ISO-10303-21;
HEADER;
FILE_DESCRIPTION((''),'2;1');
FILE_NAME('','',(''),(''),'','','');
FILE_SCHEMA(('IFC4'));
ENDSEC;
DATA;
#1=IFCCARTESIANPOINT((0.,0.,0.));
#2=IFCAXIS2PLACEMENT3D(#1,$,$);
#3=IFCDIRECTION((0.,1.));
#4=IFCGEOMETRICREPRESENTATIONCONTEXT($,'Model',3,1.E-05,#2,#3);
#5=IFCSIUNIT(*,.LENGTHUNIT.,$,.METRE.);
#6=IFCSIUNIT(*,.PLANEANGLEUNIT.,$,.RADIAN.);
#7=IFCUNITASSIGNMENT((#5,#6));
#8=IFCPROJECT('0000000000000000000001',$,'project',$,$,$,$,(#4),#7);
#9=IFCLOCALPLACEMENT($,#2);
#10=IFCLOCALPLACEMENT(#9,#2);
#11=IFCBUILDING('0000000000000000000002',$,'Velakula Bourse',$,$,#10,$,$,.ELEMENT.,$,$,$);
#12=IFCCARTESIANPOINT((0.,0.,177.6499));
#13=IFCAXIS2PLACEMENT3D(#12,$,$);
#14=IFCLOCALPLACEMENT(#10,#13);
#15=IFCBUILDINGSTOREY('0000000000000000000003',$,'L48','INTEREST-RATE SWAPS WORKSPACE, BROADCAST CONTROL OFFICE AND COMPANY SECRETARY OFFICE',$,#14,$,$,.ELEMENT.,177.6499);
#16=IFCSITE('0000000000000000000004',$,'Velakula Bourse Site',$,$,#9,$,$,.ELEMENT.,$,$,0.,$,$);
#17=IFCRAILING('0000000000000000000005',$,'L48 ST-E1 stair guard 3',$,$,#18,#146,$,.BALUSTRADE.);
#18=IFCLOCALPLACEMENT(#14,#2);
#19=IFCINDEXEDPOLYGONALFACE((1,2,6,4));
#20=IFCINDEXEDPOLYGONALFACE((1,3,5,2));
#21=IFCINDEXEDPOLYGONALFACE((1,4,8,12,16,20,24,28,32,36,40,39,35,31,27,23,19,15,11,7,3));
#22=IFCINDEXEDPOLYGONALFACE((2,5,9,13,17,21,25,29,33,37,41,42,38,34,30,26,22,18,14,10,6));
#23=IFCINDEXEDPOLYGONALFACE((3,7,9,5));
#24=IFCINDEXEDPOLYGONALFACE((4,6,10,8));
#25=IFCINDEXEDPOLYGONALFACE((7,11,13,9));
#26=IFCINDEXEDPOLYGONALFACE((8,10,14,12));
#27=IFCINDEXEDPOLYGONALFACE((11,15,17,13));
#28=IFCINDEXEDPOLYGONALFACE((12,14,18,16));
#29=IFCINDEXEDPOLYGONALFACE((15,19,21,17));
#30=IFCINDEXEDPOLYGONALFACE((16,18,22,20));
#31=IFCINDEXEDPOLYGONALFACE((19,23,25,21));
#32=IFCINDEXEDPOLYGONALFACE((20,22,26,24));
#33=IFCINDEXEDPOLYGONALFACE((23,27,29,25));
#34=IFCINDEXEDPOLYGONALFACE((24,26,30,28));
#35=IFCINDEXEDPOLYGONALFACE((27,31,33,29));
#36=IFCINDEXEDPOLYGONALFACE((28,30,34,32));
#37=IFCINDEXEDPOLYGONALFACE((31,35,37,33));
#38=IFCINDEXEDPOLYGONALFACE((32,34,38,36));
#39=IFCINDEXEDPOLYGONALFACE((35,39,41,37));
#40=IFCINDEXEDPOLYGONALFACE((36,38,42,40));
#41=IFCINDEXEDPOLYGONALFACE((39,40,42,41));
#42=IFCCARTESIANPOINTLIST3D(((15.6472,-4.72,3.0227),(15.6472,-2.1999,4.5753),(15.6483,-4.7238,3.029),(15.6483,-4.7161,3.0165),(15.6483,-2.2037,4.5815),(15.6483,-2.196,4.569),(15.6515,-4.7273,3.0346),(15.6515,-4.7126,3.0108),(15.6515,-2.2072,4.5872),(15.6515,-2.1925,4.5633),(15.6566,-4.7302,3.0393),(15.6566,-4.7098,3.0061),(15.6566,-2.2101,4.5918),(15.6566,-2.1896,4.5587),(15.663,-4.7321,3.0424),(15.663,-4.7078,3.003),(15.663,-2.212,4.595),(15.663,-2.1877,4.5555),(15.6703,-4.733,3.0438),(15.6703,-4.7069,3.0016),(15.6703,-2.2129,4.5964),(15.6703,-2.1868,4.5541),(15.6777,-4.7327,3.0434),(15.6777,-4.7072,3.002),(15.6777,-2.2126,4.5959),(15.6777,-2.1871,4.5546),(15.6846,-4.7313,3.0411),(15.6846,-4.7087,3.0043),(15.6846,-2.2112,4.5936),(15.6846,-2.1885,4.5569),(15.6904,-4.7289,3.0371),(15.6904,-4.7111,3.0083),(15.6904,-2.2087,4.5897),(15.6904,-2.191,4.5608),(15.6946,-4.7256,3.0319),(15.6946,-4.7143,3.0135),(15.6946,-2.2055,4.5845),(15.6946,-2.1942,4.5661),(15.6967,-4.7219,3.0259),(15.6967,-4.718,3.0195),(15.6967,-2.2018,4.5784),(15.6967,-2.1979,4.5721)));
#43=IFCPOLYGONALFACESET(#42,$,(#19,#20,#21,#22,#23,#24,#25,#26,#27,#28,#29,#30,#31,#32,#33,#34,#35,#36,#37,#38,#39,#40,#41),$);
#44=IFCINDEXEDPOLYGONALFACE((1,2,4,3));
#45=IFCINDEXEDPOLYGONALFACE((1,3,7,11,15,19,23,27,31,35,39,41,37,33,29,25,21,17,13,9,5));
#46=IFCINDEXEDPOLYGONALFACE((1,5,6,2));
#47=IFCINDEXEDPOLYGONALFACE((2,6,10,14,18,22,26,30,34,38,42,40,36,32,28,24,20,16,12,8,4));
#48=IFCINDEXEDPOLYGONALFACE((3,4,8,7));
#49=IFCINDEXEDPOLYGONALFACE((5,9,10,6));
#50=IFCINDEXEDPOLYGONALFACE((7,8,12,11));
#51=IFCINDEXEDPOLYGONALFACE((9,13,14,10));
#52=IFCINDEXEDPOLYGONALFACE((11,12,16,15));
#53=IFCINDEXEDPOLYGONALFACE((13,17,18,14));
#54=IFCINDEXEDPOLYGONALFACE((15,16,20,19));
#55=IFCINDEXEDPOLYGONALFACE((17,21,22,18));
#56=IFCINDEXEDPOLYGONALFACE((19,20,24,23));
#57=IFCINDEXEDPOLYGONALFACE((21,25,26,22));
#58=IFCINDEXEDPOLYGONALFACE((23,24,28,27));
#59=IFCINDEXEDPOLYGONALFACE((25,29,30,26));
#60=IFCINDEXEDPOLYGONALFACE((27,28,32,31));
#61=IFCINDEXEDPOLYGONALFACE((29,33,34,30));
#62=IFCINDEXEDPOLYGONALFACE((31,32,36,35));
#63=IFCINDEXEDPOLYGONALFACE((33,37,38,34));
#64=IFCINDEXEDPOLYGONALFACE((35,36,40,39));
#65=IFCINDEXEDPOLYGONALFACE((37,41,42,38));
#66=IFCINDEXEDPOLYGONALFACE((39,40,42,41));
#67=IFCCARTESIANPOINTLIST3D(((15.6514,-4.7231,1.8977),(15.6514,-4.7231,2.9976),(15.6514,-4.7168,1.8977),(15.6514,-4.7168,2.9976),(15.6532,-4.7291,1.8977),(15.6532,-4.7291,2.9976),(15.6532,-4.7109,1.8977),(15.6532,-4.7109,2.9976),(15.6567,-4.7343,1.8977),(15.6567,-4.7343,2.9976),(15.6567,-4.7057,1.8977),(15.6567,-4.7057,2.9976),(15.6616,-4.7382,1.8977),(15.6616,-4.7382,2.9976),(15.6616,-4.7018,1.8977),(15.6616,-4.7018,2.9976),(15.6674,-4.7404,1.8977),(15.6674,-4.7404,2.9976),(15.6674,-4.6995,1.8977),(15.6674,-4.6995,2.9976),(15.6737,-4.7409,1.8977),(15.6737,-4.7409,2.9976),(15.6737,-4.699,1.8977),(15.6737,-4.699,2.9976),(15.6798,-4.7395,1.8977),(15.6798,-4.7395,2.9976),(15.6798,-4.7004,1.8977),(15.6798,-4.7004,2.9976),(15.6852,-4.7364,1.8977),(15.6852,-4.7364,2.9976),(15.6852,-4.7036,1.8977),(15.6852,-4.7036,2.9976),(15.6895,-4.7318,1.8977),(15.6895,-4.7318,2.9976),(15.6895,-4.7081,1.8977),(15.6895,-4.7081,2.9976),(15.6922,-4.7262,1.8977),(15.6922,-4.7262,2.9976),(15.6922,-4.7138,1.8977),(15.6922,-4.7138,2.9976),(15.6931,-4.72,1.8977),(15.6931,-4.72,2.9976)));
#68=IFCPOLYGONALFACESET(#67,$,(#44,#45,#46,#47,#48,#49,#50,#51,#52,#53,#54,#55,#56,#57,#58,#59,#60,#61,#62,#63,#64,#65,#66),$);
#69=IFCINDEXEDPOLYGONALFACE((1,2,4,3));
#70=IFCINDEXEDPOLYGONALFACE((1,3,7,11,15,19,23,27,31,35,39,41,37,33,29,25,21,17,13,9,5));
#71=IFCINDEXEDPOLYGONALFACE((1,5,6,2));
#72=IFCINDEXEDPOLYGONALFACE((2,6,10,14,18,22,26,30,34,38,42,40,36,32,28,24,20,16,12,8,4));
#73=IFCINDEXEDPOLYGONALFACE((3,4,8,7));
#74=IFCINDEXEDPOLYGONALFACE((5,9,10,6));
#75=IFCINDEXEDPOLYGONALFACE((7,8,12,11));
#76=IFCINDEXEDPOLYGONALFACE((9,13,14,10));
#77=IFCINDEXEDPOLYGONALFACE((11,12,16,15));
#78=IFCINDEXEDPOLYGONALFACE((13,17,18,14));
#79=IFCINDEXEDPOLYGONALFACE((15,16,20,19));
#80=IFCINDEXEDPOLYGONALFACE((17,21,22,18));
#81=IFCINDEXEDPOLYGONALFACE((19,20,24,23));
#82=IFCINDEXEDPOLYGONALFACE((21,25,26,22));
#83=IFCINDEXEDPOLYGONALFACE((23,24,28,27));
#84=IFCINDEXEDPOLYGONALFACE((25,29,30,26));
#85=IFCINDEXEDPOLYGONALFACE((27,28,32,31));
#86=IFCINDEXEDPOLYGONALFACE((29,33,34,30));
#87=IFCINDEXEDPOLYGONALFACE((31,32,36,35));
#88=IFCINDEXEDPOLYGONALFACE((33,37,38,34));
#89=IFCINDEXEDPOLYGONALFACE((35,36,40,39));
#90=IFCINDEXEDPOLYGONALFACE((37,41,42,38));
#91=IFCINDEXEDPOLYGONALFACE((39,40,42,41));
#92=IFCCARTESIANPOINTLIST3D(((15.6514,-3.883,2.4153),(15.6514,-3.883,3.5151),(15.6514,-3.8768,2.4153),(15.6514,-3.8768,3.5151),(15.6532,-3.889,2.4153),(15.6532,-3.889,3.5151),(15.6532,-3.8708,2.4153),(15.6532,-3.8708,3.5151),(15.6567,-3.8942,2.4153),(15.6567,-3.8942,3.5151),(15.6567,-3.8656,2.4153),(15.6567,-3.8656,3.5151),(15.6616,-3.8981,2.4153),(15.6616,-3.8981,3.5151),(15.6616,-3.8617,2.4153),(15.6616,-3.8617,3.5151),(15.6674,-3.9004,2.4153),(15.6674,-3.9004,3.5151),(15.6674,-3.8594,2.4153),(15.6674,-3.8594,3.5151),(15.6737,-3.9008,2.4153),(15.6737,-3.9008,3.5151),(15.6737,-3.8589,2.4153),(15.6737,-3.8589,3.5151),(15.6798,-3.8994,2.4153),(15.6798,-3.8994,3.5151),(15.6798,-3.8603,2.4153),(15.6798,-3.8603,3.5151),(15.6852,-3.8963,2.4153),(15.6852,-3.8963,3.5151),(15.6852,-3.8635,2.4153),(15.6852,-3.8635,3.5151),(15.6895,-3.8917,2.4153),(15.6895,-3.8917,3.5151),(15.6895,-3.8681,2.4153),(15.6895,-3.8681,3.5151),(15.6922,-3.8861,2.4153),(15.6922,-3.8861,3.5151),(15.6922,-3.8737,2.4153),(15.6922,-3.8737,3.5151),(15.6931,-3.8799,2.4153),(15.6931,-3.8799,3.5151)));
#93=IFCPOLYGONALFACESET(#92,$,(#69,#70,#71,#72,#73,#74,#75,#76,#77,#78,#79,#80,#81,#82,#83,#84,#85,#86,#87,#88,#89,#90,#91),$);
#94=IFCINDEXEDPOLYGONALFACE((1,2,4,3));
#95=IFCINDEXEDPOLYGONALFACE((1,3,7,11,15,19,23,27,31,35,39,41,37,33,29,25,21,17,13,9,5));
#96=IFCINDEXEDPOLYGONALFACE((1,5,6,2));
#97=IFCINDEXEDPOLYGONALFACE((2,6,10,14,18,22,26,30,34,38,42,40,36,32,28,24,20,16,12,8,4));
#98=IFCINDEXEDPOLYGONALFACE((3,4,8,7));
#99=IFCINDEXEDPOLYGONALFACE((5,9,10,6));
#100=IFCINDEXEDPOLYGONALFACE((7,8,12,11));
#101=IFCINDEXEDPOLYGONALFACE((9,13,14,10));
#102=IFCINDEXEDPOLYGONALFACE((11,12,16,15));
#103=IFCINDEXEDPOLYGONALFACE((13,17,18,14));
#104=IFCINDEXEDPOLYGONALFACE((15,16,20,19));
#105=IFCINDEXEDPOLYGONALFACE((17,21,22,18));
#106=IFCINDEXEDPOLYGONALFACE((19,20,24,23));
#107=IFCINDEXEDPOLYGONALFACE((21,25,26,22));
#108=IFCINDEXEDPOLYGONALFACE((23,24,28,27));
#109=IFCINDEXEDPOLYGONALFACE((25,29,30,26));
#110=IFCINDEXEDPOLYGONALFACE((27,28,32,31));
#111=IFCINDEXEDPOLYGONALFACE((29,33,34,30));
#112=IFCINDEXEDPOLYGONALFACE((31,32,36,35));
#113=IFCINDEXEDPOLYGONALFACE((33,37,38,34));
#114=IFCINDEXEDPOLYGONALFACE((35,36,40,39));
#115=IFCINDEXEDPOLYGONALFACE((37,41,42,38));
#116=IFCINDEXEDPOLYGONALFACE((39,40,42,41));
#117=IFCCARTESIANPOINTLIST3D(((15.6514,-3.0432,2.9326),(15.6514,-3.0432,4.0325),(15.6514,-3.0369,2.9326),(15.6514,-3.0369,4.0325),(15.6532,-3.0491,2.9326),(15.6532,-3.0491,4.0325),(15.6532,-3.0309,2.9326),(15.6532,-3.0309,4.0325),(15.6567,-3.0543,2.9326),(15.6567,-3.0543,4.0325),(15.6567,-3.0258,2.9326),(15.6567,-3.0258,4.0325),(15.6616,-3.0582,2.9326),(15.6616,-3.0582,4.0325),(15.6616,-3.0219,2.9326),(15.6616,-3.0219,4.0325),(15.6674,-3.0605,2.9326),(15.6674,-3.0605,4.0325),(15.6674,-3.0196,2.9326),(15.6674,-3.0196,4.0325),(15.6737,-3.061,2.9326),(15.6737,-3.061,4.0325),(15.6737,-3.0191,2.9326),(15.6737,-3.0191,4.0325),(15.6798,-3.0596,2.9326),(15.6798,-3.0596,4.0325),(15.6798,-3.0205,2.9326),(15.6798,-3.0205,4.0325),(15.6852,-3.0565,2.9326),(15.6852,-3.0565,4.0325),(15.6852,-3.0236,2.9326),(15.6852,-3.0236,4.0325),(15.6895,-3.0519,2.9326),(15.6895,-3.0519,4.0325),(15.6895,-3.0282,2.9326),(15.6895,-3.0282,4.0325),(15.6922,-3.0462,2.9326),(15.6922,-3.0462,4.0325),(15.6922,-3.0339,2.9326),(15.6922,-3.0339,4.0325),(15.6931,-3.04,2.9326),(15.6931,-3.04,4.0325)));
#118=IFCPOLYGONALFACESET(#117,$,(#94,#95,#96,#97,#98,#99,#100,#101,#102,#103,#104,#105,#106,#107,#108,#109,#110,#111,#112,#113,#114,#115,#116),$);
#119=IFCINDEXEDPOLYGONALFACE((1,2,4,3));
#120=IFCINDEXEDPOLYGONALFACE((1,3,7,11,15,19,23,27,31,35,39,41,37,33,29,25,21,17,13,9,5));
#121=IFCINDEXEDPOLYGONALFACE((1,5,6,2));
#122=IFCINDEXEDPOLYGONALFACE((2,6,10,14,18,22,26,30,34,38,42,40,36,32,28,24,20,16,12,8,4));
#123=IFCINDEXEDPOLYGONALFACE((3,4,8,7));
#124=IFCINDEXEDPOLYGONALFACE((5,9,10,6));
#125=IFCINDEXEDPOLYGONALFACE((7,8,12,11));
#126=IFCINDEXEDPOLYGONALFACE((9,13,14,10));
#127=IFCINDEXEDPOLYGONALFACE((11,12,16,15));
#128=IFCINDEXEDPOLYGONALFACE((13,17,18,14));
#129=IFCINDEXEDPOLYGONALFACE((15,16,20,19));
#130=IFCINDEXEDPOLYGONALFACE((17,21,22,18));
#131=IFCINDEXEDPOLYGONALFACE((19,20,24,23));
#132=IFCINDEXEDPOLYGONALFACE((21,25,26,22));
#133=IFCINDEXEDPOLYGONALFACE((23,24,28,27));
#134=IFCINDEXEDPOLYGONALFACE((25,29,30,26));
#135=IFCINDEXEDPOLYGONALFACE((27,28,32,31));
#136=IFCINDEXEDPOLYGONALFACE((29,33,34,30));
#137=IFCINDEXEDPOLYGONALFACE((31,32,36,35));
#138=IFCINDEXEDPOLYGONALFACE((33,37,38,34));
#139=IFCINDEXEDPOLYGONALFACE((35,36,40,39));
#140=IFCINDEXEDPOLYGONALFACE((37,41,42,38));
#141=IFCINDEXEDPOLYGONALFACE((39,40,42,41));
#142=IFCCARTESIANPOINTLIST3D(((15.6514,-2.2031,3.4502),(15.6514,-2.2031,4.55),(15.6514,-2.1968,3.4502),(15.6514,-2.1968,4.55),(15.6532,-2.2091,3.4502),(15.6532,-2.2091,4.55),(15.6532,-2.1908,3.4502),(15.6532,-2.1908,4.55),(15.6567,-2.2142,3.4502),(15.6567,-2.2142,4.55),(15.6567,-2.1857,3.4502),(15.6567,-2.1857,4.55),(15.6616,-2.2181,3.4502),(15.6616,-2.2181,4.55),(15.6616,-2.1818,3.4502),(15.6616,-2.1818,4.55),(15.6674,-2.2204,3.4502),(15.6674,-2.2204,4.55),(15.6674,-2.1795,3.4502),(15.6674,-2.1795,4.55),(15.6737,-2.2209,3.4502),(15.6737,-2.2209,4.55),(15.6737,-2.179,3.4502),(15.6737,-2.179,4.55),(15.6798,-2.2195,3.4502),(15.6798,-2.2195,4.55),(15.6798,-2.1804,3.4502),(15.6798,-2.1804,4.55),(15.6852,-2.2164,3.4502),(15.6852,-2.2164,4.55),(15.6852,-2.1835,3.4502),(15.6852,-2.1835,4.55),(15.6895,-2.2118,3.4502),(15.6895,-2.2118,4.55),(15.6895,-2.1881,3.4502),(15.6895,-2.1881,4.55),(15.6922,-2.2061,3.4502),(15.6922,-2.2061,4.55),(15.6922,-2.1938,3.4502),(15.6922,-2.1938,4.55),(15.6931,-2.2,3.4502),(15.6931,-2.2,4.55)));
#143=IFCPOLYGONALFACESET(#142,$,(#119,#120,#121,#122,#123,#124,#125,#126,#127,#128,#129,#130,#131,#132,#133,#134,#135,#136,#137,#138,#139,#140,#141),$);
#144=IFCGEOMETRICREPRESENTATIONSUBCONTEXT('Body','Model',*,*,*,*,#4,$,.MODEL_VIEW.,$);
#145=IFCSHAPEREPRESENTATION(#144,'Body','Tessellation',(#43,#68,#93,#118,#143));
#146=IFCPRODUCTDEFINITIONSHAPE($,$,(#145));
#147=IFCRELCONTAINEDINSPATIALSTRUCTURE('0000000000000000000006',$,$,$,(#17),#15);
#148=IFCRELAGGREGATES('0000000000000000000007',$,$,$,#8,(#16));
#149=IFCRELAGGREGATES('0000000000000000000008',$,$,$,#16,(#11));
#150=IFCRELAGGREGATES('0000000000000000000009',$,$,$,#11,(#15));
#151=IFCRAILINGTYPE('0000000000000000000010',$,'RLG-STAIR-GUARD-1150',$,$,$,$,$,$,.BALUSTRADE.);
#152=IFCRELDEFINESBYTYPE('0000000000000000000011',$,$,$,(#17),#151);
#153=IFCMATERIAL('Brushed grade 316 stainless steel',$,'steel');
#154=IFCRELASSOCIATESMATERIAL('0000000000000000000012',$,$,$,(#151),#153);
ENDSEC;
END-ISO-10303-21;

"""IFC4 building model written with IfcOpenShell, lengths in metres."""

from ifc_helpers import new_model, si_unit, direction, frame, origin, origin_2d, place, context, subcontext, project, spatial, circle, extrude, material, type_object, element, save


model = new_model("IFC4")

# Units and contexts
model_context = context("Model", 3, precision=1e-05, world=origin(), true_north=direction((0.0, 1.0)))
body_context = subcontext(model_context, "Body", "Model", "MODEL_VIEW")
ifc_project = project(units=[si_unit("LENGTHUNIT", "METRE"), si_unit("PLANEANGLEUNIT", "RADIAN")], contexts=[model_context])

# Site, building, storey
site_placement = place(None, origin())
site = spatial("IfcSite", under=ifc_project, at=site_placement, Name="Velakula Bourse Site", CompositionType="ELEMENT", RefElevation=0.0)
building_placement = place(site_placement, origin())
building = spatial("IfcBuilding", under=site, at=building_placement, Name="Velakula Bourse", CompositionType="ELEMENT")
storey_placement = place(building_placement, frame((0.0, 0.0, 177.6499)))
storey = spatial("IfcBuildingStorey", under=building, at=storey_placement, Name="L48", Description="INTEREST-RATE SWAPS WORKSPACE, BROADCAST CONTROL OFFICE AND COMPANY SECRETARY OFFICE", CompositionType="ELEMENT", Elevation=177.6499)

# Shared definitions
ifc_material_1 = material(Name="Brushed grade 316 stainless steel", Category="steel")

# Railing
railing_type_1 = type_object("IfcRailingType", Name="RLG-STAIR-GUARD-1150", PredefinedType="BALUSTRADE", material=ifc_material_1)
railing_1_placement = place(storey_placement, frame((15.6721, -4.72, 1.8977)))
element("IfcRailing", 1, at=railing_1_placement, inside=storey, type_object=railing_type_1, Name="L48 ST-E1 stair guard 3", PredefinedType="BALUSTRADE", context=body_context, shape_type="SweptSolid", body=[
    extrude(circle(Radius=0.0249, at=origin_2d()), frame((0.0, 0.0, 1.125), z_axis=(0.0, 0.8514, 0.524516), x_axis=(-1.0, 0.0, 0.0)), (0.0, 0.0, 1.0), 2.96),
    extrude(circle(Radius=0.021, at=origin_2d()), origin(), (0.0, 0.0, 1.0), 1.0999),
    extrude(circle(Radius=0.021, at=origin_2d()), frame((0.0, 0.8401, 0.5176)), (0.0, 0.0, 1.0), 1.0999),
    extrude(circle(Radius=0.021, at=origin_2d()), frame((0.0, 1.6799, 1.0349)), (0.0, 0.0, 1.0), 1.0999),
    extrude(circle(Radius=0.021, at=origin_2d()), frame((0.0, 2.52, 1.5525)), (0.0, 0.0, 1.0), 1.0999),
])

save(model, "model.ifc")
